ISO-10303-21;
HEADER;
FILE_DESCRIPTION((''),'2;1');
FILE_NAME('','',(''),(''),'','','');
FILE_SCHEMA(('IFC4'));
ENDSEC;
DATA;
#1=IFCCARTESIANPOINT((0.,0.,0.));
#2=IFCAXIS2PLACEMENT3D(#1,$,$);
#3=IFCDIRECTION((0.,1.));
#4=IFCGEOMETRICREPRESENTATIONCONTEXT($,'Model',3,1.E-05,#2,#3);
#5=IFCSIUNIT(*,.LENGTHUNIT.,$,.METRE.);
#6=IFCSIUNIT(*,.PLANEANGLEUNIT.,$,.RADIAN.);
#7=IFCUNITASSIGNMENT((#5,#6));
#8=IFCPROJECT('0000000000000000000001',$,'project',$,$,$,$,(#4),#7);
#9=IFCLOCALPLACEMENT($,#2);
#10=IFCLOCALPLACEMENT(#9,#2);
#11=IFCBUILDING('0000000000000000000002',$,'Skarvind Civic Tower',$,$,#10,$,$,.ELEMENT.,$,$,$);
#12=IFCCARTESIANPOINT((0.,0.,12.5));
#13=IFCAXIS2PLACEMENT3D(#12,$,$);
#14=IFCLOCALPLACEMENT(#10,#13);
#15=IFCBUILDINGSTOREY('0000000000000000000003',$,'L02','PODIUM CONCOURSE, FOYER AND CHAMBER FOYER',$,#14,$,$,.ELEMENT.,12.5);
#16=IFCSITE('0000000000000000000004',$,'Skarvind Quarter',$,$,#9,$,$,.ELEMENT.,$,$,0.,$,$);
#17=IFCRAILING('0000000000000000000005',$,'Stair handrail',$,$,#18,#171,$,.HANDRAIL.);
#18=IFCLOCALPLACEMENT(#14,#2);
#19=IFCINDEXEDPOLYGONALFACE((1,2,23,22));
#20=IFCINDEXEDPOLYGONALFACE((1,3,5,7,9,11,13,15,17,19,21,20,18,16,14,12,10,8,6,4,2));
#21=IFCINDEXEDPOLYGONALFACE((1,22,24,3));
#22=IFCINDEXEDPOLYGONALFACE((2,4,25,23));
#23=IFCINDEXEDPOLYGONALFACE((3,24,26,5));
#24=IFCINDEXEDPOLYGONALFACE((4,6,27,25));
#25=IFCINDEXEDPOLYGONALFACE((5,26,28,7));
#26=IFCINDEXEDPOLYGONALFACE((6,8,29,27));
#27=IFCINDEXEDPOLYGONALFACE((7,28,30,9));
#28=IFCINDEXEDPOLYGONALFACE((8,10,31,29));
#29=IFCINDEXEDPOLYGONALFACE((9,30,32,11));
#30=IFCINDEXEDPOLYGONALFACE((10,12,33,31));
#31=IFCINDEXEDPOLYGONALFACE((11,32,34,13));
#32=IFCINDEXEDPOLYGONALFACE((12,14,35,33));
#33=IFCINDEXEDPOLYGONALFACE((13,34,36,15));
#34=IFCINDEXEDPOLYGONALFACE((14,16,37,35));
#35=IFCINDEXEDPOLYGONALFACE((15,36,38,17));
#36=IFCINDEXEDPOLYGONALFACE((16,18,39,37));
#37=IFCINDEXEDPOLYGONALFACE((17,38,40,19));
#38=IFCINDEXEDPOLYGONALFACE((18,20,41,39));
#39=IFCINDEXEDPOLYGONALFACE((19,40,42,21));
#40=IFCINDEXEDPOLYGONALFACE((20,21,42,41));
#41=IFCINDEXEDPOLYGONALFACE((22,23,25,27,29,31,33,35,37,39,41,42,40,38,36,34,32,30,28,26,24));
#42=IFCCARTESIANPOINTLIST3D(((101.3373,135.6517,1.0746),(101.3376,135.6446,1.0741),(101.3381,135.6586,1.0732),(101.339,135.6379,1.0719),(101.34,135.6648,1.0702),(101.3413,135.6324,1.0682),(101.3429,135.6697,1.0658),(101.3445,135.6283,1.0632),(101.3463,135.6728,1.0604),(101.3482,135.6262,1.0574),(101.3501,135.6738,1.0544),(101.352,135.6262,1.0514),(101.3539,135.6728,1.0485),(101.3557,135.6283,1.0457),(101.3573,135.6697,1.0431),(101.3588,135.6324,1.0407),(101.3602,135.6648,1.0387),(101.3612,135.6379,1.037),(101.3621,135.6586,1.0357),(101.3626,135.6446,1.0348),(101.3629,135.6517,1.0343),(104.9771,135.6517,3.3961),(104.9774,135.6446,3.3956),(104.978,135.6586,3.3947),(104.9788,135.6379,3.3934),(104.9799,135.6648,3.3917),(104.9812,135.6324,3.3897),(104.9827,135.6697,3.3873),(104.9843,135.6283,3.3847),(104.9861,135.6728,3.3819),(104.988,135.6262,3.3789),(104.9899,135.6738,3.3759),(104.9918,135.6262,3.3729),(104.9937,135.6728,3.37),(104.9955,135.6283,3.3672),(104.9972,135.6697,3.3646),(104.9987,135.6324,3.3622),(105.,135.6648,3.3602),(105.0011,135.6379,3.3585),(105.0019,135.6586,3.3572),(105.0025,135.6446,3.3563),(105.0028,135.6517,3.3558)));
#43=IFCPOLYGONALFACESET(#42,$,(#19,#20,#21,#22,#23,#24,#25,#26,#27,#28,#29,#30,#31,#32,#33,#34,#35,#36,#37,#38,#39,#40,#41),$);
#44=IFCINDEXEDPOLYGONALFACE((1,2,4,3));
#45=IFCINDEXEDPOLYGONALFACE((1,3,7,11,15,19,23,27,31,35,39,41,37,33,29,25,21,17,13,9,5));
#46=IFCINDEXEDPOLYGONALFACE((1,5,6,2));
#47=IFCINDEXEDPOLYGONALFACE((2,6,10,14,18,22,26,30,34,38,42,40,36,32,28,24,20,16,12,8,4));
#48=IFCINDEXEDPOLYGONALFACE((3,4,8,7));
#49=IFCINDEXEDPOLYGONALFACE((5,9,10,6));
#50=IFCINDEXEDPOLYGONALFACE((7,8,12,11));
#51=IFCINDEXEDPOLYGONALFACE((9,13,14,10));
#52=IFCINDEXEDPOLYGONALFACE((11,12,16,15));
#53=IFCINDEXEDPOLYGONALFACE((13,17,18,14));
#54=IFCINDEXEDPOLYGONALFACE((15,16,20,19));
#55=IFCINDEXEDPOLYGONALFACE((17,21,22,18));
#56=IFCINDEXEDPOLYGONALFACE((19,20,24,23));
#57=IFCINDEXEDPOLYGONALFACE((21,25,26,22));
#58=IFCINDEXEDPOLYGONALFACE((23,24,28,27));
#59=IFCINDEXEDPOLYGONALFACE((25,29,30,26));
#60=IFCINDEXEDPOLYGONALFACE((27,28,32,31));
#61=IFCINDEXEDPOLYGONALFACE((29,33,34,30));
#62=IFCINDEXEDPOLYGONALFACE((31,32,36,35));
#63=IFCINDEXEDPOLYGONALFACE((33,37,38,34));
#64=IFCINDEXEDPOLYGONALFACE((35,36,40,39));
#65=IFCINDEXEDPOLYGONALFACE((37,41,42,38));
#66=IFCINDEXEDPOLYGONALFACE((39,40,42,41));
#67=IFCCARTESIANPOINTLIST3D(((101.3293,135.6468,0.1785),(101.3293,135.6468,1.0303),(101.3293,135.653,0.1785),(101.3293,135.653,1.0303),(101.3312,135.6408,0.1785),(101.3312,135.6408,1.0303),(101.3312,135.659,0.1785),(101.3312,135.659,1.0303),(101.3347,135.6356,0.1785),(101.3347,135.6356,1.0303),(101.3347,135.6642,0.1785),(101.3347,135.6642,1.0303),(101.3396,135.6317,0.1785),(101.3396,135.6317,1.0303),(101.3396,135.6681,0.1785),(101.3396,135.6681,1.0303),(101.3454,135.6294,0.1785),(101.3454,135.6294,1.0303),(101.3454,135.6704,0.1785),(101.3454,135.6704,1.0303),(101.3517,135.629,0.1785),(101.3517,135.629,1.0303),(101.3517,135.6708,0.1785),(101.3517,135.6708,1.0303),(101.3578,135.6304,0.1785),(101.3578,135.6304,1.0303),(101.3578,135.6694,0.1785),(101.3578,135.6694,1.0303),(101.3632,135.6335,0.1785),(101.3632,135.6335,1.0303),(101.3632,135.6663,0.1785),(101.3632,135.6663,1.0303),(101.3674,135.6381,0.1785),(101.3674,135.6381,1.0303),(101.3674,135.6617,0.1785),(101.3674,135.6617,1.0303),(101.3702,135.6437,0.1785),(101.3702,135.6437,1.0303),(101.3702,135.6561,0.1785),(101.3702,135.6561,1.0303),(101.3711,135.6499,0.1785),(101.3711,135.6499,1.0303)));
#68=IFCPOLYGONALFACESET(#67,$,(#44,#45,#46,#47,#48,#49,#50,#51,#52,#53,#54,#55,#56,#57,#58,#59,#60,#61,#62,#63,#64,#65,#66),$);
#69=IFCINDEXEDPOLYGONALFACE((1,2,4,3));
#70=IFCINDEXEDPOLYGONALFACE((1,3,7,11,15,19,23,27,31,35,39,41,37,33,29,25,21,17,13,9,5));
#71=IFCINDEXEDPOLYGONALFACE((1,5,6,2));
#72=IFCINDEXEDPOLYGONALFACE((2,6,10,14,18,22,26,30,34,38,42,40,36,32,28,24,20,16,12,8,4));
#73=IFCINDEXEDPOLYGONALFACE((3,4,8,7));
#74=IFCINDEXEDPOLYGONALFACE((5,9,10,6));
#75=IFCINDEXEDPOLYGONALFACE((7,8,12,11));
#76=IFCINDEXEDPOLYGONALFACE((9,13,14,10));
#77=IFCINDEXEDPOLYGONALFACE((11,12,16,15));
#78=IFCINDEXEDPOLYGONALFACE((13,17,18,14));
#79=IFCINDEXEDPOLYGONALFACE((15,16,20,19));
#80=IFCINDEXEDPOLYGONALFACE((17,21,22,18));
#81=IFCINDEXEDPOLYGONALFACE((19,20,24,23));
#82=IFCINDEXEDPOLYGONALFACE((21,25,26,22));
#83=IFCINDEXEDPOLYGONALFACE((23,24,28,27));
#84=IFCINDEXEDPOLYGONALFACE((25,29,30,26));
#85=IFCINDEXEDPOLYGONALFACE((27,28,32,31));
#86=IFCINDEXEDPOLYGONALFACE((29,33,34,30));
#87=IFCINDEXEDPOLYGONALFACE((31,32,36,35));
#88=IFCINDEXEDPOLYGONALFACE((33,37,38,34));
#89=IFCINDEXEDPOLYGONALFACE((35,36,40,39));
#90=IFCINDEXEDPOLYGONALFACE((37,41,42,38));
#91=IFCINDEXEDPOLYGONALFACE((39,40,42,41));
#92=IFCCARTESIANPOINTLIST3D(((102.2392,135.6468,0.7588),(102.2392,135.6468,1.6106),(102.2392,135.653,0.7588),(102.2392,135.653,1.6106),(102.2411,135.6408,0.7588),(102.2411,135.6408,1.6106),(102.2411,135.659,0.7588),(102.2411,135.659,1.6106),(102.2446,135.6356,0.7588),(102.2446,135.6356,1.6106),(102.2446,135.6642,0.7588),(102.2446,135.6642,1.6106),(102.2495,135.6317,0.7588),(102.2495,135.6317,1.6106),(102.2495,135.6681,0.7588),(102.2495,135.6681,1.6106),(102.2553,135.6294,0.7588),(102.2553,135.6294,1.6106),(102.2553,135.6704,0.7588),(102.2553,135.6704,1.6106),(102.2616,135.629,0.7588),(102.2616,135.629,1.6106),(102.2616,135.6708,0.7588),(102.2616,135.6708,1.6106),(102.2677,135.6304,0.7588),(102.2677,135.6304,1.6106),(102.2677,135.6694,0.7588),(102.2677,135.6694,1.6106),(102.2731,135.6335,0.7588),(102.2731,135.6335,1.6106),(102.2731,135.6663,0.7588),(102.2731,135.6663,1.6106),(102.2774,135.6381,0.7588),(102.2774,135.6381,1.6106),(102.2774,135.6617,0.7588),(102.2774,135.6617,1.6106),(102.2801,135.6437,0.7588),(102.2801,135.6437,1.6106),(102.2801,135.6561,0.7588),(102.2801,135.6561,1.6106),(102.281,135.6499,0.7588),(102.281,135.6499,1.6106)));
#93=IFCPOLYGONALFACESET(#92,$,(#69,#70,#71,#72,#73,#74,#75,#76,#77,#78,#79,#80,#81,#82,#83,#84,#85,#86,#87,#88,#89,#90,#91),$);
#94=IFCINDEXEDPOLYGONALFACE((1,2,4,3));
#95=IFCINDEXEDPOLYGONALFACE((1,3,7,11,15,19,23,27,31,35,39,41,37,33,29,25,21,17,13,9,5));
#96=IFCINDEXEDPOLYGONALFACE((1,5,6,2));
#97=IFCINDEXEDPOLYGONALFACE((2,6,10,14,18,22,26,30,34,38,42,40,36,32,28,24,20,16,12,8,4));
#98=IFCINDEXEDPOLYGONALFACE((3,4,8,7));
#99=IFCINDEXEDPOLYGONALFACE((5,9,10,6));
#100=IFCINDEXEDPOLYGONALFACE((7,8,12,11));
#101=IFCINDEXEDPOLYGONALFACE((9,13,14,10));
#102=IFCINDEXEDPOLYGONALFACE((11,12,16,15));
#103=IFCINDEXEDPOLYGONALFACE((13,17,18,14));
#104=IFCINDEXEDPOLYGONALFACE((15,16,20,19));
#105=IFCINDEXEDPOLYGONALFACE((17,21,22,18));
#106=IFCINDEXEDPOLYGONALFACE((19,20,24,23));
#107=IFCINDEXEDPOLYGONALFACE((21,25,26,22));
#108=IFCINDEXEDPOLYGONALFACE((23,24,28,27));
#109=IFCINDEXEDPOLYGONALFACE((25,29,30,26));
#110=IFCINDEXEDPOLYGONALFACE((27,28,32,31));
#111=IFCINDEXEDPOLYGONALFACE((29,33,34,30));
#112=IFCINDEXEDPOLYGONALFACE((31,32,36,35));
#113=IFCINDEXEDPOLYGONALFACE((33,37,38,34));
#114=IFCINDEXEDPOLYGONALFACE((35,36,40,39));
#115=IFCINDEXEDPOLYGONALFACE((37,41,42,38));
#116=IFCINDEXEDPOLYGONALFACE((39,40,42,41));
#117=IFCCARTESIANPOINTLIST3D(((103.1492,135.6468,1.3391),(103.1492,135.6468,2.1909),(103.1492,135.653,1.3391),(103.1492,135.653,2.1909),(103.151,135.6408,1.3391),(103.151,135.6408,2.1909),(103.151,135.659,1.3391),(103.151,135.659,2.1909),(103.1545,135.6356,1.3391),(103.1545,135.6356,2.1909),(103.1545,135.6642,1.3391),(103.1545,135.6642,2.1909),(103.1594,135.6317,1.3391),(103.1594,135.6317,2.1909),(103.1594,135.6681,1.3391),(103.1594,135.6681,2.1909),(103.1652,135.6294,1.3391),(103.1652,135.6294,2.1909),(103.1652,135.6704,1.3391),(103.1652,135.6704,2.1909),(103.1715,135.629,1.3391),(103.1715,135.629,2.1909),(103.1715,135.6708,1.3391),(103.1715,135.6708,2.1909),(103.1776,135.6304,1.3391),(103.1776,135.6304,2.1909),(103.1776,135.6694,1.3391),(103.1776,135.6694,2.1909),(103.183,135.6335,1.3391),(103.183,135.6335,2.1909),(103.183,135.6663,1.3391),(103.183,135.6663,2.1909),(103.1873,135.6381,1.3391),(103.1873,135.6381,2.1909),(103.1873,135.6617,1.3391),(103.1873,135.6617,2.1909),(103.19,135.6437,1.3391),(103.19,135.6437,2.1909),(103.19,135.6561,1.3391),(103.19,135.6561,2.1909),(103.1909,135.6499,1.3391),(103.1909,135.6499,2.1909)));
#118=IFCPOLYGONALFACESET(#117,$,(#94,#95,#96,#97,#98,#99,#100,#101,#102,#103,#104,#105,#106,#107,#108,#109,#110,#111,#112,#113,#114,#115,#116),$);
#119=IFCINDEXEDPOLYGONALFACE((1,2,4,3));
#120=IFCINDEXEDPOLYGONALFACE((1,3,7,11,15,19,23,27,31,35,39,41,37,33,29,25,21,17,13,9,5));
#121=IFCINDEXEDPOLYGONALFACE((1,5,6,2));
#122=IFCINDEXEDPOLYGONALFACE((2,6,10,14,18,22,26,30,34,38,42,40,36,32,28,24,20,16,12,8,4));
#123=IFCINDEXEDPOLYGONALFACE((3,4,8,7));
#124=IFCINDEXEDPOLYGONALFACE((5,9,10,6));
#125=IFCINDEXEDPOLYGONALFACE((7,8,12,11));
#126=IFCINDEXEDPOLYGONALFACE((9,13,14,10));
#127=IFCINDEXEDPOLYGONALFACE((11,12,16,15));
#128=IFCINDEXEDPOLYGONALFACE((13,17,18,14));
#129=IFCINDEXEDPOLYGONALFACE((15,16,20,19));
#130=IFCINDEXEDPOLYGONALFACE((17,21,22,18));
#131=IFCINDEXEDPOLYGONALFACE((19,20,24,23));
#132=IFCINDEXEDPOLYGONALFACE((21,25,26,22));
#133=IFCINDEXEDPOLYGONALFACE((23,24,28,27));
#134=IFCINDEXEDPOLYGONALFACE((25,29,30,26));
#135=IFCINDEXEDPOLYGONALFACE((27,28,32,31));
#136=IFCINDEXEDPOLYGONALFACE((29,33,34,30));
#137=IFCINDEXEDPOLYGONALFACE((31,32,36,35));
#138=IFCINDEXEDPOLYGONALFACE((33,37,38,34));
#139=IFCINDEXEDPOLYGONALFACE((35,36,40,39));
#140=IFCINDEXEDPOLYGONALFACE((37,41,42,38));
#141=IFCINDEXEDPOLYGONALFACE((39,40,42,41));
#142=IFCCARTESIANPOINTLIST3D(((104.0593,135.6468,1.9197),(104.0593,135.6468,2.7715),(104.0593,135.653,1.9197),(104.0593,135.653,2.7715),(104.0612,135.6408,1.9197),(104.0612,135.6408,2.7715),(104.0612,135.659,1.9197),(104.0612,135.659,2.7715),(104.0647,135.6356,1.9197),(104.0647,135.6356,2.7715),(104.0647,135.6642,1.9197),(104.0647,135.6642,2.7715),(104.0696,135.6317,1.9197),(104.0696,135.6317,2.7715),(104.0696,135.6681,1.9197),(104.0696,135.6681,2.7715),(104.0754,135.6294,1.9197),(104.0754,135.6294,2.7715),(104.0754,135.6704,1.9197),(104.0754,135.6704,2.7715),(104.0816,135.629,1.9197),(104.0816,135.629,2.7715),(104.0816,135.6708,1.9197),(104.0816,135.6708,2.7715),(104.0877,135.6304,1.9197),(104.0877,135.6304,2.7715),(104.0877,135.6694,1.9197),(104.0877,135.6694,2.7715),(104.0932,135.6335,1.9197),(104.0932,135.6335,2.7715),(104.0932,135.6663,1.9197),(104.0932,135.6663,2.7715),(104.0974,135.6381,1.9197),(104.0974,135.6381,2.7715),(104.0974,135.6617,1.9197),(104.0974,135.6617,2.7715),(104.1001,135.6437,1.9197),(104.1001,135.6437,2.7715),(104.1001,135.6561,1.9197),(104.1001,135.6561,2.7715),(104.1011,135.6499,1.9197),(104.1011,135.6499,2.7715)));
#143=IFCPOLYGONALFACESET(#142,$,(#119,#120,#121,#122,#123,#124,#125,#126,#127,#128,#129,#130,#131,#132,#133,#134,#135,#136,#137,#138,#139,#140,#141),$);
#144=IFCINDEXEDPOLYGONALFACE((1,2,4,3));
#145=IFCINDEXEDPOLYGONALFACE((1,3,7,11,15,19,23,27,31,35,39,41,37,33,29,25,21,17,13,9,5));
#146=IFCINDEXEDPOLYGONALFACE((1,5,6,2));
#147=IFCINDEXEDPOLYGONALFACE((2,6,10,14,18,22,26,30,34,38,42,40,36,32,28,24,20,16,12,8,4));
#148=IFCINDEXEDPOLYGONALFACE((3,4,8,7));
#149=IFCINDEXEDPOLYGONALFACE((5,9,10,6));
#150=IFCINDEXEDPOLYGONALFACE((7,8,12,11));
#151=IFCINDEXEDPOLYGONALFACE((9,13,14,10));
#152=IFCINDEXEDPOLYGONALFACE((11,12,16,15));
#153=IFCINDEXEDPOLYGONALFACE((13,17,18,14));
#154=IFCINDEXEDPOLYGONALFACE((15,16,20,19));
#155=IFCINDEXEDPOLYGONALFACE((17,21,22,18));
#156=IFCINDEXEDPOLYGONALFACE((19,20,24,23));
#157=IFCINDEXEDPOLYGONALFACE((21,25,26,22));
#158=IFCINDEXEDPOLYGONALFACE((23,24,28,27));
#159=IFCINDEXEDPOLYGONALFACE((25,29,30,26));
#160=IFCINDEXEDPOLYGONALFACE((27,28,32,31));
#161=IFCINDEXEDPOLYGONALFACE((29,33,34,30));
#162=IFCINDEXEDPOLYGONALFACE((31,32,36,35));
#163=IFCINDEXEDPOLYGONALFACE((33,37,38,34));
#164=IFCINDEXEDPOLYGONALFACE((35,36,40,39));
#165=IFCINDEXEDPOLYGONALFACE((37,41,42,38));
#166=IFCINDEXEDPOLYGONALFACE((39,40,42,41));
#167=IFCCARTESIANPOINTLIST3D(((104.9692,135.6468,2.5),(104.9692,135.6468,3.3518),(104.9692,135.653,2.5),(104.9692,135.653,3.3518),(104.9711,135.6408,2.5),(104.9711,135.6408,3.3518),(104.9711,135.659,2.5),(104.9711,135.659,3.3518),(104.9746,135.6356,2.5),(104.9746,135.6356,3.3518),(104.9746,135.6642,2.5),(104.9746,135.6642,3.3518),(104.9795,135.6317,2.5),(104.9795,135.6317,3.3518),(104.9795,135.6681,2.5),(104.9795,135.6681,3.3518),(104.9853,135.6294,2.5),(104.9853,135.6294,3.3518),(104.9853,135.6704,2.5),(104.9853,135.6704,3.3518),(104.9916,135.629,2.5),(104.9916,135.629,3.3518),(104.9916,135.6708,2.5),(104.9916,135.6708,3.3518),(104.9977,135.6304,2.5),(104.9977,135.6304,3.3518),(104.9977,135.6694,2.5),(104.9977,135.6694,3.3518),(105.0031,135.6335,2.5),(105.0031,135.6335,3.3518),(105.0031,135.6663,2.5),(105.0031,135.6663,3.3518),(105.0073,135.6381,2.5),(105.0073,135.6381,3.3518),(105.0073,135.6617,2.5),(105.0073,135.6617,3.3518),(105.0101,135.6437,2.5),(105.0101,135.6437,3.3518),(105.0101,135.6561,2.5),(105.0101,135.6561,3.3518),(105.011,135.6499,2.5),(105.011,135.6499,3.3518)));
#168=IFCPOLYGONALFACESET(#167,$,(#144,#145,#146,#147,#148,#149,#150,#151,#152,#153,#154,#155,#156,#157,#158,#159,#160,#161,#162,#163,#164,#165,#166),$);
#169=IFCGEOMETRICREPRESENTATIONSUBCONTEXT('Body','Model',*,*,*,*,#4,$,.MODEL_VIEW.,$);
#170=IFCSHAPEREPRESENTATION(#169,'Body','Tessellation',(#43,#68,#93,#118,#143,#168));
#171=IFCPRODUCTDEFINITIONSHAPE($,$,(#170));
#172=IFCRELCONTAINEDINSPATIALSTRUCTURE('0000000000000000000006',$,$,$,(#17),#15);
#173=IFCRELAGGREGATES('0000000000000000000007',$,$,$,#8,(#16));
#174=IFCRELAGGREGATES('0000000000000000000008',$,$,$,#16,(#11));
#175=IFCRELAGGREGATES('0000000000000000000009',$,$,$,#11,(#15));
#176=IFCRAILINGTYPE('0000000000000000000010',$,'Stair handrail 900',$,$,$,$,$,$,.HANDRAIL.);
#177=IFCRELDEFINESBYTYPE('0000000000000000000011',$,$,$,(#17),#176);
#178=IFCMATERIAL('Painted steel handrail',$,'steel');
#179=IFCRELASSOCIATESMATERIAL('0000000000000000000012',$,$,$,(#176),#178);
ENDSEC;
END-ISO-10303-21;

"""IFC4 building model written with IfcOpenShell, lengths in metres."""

from ifc_helpers import new_model, si_unit, direction, frame, origin, origin_2d, place, context, subcontext, project, spatial, circle, extrude, material, type_object, element, save


model = new_model("IFC4")

# Units and contexts
model_context = context("Model", 3, precision=1e-05, world=origin(), true_north=direction((0.0, 1.0)))
body_context = subcontext(model_context, "Body", "Model", "MODEL_VIEW")
ifc_project = project(units=[si_unit("LENGTHUNIT", "METRE"), si_unit("PLANEANGLEUNIT", "RADIAN")], contexts=[model_context])

# Site, building, storey
site_placement = place(None, origin())
site = spatial("IfcSite", under=ifc_project, at=site_placement, Name="Skarvind Quarter", CompositionType="ELEMENT", RefElevation=0.0)
building_placement = place(site_placement, origin())
building = spatial("IfcBuilding", under=site, at=building_placement, Name="Skarvind Civic Tower", CompositionType="ELEMENT")
storey_placement = place(building_placement, frame((0.0, 0.0, 12.5)))
storey = spatial("IfcBuildingStorey", under=building, at=storey_placement, Name="L02", Description="PODIUM CONCOURSE, FOYER AND CHAMBER FOYER", CompositionType="ELEMENT", Elevation=12.5)

# Railing
ifc_material_1 = material(Name="Painted steel handrail", Category="steel")
railing_type = type_object("IfcRailingType", Name="Stair handrail 900", PredefinedType="HANDRAIL", material=ifc_material_1)
railing_placement = place(storey_placement, frame((101.3501, 135.6499, 0.1785)))
element("IfcRailing", 1, at=railing_placement, inside=storey, type_object=railing_type, Name="Stair handrail", PredefinedType="HANDRAIL", context=body_context, shape_type="SweptSolid", body=[
    extrude(circle(Radius=0.0239, at=origin_2d()), frame((0.0, 0.0, 0.876), z_axis=(0.843112, 0.0, 0.537739), x_axis=(0.0, 1.0, 0.0)), (0.0, 0.0, 1.0), 4.3171),
    extrude(circle(Radius=0.021, at=origin_2d()), origin(), (0.0, 0.0, 1.0), 0.8518),
    extrude(circle(Radius=0.021, at=origin_2d()), frame((0.9099, 0.0, 0.5803)), (0.0, 0.0, 1.0), 0.8518),
    extrude(circle(Radius=0.021, at=origin_2d()), frame((1.8198, 0.0, 1.1606)), (0.0, 0.0, 1.0), 0.8518),
    extrude(circle(Radius=0.021, at=origin_2d()), frame((2.73, 0.0, 1.7412)), (0.0, 0.0, 1.0), 0.8518),
    extrude(circle(Radius=0.021, at=origin_2d()), frame((3.6399, 0.0, 2.3215)), (0.0, 0.0, 1.0), 0.8518),
])

save(model, "model.ifc")
